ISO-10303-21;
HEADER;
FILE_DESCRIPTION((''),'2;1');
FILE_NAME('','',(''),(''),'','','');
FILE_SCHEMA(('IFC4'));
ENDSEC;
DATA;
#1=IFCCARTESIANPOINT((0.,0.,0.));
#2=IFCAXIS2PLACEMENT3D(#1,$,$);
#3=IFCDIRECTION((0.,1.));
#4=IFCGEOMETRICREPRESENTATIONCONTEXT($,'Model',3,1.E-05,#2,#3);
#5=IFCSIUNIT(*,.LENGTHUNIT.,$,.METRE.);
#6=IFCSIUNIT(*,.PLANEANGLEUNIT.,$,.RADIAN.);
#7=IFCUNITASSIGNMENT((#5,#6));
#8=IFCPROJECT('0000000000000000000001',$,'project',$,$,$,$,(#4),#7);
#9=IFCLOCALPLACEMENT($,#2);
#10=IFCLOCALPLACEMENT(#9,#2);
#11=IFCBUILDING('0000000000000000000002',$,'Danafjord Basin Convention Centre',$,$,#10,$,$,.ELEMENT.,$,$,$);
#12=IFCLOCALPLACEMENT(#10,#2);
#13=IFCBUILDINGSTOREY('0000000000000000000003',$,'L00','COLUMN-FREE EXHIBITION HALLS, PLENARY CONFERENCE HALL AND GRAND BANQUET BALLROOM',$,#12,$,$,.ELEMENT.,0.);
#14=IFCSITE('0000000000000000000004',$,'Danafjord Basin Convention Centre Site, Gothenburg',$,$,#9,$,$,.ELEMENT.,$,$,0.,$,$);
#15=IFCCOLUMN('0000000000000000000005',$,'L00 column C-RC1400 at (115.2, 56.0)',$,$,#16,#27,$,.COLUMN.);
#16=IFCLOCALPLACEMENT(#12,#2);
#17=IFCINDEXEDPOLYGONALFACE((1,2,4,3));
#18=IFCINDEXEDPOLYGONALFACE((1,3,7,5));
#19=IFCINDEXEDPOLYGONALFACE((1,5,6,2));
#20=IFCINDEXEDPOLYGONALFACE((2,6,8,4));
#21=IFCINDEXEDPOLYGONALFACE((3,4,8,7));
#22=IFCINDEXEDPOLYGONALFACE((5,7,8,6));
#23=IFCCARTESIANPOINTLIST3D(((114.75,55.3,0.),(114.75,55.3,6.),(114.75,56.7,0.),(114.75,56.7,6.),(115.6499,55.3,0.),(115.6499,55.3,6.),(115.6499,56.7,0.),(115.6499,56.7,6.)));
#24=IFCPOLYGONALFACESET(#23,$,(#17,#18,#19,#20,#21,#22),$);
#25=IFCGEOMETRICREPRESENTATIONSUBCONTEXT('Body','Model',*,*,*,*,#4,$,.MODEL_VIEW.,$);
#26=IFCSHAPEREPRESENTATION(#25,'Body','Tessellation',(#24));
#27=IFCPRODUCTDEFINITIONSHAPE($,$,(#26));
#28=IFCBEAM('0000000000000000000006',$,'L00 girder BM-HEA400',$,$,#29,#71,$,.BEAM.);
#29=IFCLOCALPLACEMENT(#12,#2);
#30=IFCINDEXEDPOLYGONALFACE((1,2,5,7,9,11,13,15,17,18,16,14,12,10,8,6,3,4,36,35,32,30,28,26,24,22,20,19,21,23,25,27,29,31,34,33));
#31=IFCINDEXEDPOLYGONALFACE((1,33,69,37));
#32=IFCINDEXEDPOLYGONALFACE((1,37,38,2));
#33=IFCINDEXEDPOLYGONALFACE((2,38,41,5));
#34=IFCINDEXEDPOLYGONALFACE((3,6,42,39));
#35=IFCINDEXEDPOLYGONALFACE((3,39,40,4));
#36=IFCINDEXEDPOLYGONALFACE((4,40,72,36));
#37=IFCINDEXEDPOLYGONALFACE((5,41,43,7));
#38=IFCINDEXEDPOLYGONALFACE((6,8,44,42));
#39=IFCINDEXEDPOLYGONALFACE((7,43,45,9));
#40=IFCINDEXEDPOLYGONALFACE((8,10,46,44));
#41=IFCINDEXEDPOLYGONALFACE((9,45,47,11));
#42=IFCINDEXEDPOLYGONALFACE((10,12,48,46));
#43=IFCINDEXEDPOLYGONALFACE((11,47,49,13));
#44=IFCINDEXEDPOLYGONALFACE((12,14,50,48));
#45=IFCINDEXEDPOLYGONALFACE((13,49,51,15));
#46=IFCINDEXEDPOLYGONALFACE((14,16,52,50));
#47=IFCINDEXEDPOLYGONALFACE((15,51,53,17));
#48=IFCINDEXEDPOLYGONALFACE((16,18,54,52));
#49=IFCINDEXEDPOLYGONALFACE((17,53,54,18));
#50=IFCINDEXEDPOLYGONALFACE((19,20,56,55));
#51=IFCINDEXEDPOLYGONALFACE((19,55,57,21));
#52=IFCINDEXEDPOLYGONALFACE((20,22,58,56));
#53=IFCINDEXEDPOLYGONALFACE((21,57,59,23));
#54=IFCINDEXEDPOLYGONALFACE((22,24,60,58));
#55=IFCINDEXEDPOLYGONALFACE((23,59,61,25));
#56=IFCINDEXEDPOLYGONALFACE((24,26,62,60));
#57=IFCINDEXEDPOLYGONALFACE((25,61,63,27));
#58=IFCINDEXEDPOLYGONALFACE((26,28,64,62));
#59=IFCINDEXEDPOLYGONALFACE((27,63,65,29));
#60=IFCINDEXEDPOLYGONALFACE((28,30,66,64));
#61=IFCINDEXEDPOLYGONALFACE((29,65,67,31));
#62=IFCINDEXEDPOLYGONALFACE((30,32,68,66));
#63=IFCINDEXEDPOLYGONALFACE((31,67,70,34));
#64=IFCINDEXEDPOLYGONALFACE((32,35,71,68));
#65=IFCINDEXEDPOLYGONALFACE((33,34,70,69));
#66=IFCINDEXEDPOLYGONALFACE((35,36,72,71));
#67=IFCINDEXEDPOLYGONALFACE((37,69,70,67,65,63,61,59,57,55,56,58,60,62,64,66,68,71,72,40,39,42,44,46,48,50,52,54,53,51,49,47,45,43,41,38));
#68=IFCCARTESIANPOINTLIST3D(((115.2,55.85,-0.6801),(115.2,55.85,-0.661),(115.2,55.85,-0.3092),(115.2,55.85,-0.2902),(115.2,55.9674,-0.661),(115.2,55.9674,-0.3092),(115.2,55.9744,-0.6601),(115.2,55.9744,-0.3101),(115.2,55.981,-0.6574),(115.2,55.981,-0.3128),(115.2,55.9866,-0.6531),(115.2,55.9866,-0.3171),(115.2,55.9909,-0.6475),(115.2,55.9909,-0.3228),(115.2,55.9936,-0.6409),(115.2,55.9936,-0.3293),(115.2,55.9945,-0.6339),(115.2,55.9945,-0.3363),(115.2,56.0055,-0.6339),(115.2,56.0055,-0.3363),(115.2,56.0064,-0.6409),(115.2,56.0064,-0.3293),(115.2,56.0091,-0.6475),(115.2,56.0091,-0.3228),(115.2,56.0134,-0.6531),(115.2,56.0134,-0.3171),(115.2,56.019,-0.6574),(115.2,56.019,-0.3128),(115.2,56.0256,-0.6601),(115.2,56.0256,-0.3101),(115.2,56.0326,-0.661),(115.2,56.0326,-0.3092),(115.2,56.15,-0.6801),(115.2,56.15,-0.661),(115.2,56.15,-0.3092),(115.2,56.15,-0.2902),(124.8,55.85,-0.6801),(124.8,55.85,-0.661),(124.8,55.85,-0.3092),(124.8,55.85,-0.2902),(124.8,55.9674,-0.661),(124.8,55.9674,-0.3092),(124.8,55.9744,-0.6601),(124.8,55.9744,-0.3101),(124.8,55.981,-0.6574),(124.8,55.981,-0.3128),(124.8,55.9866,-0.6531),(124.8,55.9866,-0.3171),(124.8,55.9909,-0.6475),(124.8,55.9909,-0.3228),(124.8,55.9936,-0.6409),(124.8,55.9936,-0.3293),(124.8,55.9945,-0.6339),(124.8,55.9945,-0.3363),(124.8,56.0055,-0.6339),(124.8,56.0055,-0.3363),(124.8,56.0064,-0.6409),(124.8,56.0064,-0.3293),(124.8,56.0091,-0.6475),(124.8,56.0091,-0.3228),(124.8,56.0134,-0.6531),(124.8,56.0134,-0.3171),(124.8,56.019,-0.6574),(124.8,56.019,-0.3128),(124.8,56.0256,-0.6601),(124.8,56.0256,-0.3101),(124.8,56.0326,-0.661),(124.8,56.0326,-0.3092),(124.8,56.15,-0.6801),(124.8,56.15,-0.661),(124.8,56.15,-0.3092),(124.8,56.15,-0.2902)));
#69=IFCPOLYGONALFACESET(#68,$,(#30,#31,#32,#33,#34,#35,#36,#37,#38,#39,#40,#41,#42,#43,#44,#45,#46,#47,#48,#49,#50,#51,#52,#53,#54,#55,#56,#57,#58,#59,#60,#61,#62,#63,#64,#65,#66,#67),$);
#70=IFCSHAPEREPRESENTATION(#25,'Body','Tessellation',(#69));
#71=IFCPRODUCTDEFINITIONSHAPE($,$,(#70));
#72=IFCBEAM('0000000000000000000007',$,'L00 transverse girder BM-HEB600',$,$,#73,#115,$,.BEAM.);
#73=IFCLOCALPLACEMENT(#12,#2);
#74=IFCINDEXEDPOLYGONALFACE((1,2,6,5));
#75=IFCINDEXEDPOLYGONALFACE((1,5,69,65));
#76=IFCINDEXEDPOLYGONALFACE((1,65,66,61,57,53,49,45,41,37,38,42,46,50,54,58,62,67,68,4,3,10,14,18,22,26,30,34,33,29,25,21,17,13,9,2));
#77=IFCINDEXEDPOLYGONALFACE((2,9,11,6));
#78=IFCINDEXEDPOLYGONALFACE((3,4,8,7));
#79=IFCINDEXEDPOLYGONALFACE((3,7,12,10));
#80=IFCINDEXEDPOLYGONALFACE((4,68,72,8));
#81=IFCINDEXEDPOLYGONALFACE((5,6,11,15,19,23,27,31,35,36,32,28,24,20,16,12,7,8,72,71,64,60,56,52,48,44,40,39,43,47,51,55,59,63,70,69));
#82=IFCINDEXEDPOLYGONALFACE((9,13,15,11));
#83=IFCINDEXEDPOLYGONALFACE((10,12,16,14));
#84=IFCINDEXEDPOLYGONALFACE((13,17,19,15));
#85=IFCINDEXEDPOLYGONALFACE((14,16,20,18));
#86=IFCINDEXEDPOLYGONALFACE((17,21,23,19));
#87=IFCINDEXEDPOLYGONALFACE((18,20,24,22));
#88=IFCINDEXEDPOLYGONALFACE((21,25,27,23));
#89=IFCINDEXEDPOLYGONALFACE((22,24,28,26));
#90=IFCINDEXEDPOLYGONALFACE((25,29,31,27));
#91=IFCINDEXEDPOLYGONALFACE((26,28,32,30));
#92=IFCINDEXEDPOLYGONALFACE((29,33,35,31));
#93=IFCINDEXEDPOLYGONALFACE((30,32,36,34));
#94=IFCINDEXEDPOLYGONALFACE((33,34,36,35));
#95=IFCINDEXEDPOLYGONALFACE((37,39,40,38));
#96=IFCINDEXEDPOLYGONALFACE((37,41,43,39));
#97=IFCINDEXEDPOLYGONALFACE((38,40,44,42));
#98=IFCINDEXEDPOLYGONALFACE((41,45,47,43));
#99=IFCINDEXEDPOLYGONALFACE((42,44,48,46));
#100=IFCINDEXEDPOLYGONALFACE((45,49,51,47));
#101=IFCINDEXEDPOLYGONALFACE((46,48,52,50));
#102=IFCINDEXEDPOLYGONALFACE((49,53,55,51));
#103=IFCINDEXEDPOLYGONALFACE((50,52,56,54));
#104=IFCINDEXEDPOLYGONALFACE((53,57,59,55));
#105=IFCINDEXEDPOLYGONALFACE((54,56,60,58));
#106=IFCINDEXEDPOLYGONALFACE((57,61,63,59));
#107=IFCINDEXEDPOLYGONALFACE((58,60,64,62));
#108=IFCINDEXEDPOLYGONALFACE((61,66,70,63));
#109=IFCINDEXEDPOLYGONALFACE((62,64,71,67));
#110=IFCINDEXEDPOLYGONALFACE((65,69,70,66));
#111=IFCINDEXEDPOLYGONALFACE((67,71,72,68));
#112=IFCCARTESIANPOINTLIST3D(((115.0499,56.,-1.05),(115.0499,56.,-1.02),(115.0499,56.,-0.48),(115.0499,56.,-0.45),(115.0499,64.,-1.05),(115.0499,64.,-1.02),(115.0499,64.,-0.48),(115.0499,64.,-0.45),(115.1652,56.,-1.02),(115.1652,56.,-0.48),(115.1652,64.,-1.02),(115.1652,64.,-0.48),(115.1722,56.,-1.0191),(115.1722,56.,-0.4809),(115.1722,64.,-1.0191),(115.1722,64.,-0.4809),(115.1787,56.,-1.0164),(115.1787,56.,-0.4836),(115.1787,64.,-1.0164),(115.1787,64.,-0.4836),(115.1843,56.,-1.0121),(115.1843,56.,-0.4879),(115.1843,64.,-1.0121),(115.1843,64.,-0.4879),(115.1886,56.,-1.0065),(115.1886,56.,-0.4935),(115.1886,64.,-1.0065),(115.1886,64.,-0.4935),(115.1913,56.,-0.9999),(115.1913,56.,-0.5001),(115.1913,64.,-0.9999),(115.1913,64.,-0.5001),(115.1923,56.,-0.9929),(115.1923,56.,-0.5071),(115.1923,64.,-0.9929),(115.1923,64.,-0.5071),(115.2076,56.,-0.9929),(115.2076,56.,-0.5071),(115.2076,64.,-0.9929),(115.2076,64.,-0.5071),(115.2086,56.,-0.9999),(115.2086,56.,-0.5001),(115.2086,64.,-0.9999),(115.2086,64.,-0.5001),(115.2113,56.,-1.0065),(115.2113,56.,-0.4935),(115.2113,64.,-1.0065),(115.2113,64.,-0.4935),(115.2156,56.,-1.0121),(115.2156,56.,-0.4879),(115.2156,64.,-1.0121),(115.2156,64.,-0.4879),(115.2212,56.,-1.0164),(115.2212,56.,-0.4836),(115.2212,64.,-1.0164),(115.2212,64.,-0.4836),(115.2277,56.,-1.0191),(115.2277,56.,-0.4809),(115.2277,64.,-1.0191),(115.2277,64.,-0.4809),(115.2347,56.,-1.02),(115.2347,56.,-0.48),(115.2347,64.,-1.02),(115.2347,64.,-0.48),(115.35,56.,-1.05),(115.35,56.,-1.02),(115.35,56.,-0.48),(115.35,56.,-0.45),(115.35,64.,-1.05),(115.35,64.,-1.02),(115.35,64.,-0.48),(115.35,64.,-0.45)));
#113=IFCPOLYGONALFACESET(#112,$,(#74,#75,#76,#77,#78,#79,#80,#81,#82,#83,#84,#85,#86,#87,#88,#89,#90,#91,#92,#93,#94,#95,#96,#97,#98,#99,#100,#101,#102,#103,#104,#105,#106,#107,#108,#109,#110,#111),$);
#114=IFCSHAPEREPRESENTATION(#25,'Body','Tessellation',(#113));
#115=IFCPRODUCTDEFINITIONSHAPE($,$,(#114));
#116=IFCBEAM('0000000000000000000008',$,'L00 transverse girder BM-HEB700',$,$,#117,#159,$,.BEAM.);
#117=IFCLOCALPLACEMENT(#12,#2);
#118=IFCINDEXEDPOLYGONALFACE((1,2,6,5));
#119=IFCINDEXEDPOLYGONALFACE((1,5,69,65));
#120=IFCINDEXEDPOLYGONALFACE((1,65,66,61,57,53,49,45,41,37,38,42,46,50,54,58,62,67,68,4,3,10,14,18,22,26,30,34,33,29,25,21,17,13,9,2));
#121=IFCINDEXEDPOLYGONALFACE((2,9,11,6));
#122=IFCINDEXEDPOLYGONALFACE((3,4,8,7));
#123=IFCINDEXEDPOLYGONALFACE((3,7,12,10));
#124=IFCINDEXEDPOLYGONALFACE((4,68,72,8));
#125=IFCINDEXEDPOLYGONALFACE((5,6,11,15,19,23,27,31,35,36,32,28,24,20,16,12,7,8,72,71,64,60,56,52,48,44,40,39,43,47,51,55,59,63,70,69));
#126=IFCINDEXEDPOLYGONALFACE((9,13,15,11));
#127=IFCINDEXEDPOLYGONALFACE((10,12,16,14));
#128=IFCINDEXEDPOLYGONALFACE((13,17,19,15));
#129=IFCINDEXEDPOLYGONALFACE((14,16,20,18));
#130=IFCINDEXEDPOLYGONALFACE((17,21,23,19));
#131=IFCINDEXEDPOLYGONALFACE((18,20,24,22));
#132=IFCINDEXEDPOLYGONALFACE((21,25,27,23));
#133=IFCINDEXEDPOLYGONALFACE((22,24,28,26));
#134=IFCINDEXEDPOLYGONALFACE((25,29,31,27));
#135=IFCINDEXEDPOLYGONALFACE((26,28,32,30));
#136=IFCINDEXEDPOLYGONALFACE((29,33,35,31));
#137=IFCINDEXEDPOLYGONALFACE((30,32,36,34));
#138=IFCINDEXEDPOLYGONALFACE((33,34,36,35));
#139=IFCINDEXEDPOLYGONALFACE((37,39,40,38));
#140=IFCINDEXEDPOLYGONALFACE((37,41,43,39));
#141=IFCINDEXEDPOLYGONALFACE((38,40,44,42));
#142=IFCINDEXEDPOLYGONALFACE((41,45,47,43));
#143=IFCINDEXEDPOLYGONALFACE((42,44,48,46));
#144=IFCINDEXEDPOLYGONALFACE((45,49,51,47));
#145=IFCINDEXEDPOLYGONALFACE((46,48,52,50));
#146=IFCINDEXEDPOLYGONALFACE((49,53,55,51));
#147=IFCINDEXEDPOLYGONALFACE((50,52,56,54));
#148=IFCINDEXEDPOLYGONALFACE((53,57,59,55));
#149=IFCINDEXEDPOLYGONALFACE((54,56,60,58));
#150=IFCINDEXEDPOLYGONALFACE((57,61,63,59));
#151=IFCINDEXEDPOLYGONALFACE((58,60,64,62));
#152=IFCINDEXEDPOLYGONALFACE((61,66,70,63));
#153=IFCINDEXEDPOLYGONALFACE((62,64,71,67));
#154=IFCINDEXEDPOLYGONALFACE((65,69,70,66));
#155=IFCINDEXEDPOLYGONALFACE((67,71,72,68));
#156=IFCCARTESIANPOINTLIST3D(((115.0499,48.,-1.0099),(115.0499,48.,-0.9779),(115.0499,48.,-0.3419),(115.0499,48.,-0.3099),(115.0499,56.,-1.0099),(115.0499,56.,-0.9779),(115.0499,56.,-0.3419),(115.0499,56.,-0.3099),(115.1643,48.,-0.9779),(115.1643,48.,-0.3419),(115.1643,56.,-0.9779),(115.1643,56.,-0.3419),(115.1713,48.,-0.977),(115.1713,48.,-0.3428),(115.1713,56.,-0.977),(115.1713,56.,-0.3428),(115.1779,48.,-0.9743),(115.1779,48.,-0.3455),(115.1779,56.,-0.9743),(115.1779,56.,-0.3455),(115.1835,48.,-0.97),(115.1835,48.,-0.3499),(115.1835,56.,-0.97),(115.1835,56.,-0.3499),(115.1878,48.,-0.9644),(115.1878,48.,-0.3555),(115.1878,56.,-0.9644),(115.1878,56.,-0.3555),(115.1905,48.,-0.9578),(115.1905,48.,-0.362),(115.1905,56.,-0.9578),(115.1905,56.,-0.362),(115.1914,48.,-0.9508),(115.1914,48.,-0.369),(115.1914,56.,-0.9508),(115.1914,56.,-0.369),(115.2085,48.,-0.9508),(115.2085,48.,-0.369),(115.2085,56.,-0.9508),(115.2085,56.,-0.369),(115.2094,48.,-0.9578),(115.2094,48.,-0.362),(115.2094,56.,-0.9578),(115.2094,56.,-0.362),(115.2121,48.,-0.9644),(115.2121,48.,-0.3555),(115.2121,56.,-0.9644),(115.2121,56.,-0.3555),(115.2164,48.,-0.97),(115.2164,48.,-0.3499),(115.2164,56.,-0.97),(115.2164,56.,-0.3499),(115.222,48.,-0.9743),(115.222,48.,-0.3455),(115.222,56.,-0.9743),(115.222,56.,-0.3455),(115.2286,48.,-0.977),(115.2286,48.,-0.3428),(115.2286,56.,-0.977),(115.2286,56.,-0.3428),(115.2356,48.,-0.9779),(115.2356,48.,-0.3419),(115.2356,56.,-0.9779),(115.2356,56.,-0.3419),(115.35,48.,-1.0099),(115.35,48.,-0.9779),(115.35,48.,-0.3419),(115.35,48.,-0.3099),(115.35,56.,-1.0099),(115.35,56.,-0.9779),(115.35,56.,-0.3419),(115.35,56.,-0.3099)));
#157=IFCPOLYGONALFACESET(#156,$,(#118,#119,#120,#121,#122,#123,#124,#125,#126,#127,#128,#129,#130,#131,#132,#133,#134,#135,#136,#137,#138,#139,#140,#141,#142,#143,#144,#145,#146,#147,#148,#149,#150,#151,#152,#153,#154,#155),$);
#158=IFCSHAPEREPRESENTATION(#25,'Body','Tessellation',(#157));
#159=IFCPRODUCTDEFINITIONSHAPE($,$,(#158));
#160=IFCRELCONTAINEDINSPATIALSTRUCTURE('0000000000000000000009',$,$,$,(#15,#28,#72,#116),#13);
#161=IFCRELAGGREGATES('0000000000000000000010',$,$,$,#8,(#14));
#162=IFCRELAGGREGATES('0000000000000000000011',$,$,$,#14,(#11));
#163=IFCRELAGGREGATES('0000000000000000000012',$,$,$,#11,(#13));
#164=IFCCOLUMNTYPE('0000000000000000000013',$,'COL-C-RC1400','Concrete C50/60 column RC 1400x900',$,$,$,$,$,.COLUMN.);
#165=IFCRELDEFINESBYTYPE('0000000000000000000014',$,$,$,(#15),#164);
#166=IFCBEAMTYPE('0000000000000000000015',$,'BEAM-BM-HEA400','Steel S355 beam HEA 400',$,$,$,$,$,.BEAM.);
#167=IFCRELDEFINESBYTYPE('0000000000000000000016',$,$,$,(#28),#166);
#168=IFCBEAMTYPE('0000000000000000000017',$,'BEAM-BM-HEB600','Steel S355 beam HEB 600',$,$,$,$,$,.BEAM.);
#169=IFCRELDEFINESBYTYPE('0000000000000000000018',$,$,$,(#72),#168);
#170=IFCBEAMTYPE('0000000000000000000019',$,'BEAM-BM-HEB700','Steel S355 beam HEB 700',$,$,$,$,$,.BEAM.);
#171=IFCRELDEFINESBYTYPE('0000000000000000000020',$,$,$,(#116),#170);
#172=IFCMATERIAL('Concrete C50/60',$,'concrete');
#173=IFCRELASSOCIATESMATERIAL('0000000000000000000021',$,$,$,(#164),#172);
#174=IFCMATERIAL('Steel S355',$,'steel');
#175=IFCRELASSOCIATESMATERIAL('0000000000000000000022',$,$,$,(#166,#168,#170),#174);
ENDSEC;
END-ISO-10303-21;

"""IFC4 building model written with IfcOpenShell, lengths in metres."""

from ifc_helpers import new_model, si_unit, direction, frame, origin, origin_2d, place, context, subcontext, project, spatial, rectangle, i_section, extrude, material, material_profile, profile_set, type_object, element, save


model = new_model("IFC4")

# Units and contexts
model_context = context("Model", 3, precision=1e-05, world=origin(), true_north=direction((0.0, 1.0)))
body_context = subcontext(model_context, "Body", "Model", "MODEL_VIEW")
ifc_project = project(units=[si_unit("LENGTHUNIT", "METRE"), si_unit("PLANEANGLEUNIT", "RADIAN")], contexts=[model_context])

# Site, building, storey
site_placement = place(None, origin())
site = spatial("IfcSite", under=ifc_project, at=site_placement, Name="Danafjord Basin Convention Centre Site, Gothenburg", CompositionType="ELEMENT", RefElevation=0.0)
building_placement = place(site_placement, origin())
building = spatial("IfcBuilding", under=site, at=building_placement, Name="Danafjord Basin Convention Centre", CompositionType="ELEMENT")
storey_placement = place(building_placement, origin())
storey = spatial("IfcBuildingStorey", under=building, at=storey_placement, Name="L00", Description="COLUMN-FREE EXHIBITION HALLS, PLENARY CONFERENCE HALL AND GRAND BANQUET BALLROOM", CompositionType="ELEMENT", Elevation=0.0)

# Column
ifc_material_1 = material(Name="Steel S355", Category="steel")
ifc_material_2 = material(Name="Concrete C50/60", Category="concrete")
ifc_material_profile_1 = material_profile(ifc_material_2, rectangle(XDim=0.8999, YDim=1.3999, at=origin_2d()), Name="RC 1400x900")
ifc_profile_set_1 = profile_set([ifc_material_profile_1], Name="Concrete C50/60")
column_type_1 = type_object("IfcColumnType", Name="COL-C-RC1400", Description="Concrete C50/60 column RC 1400x900", PredefinedType="COLUMN", material=ifc_profile_set_1)
column_1_placement = place(storey_placement, frame((115.2, 56.0, 0.0), z_axis=(0.0, 0.0, 1.0), x_axis=(1.0, 0.0, 0.0)))
element("IfcColumn", 1, at=column_1_placement, inside=storey, type_object=column_type_1, Name="L00 column C-RC1400 at (115.2, 56.0)", PredefinedType="COLUMN", context=body_context, shape_type="SweptSolid", body=[
    extrude(rectangle(XDim=0.8999, YDim=1.3999, at=origin_2d()), origin(), (0.0, 0.0, 1.0), 6.0),
])

# Beams
ifc_material_profile_2 = material_profile(ifc_material_1, i_section(OverallWidth=0.3, OverallDepth=0.3899, WebThickness=0.011, FlangeThickness=0.019, FilletRadius=0.0271, at=origin_2d()), Name="HEA 400")
ifc_profile_set_2 = profile_set([ifc_material_profile_2], Name="Steel S355")
beam_type_1 = type_object("IfcBeamType", Name="BEAM-BM-HEA400", Description="Steel S355 beam HEA 400", PredefinedType="BEAM", material=ifc_profile_set_2)
beam_1_placement = place(storey_placement, frame((115.2, 56.0, -0.4851), z_axis=(1.0, 0.0, 0.0), x_axis=(0.0, 1.0, 0.0)))
element("IfcBeam", 2, at=beam_1_placement, inside=storey, type_object=beam_type_1, Name="L00 girder BM-HEA400", PredefinedType="BEAM", context=body_context, shape_type="SweptSolid", body=[
    extrude(i_section(OverallWidth=0.3, OverallDepth=0.3899, WebThickness=0.011, FlangeThickness=0.019, FilletRadius=0.0271, at=origin_2d()), origin(), (0.0, 0.0, 1.0), 9.6001),
])
ifc_material_profile_3 = material_profile(ifc_material_1, i_section(OverallWidth=0.3, OverallDepth=0.6001, WebThickness=0.0154, FlangeThickness=0.03, FilletRadius=0.0271, at=origin_2d()), Name="HEB 600")
ifc_profile_set_3 = profile_set([ifc_material_profile_3], Name="Steel S355")
beam_type_2 = type_object("IfcBeamType", Name="BEAM-BM-HEB600", Description="Steel S355 beam HEB 600", PredefinedType="BEAM", material=ifc_profile_set_3)
beam_2_placement = place(storey_placement, frame((115.2, 56.0, -0.75), z_axis=(0.0, 1.0, 0.0), x_axis=(-1.0, 0.0, 0.0)))
element("IfcBeam", 3, at=beam_2_placement, inside=storey, type_object=beam_type_2, Name="L00 transverse girder BM-HEB600", PredefinedType="BEAM", context=body_context, shape_type="SweptSolid", body=[
    extrude(i_section(OverallWidth=0.3, OverallDepth=0.6001, WebThickness=0.0154, FlangeThickness=0.03, FilletRadius=0.0271, at=origin_2d()), origin(), (0.0, 0.0, 1.0), 8.0),
])
ifc_material_profile_4 = material_profile(ifc_material_1, i_section(OverallWidth=0.3, OverallDepth=0.7, WebThickness=0.0171, FlangeThickness=0.032, FilletRadius=0.0271, at=origin_2d()), Name="HEB 700")
ifc_profile_set_4 = profile_set([ifc_material_profile_4], Name="Steel S355")
beam_type_3 = type_object("IfcBeamType", Name="BEAM-BM-HEB700", Description="Steel S355 beam HEB 700", PredefinedType="BEAM", material=ifc_profile_set_4)
beam_3_placement = place(storey_placement, frame((115.2, 48.0, -0.6599), z_axis=(0.0, 1.0, 0.0), x_axis=(-1.0, 0.0, 0.0)))
element("IfcBeam", 4, at=beam_3_placement, inside=storey, type_object=beam_type_3, Name="L00 transverse girder BM-HEB700", PredefinedType="BEAM", context=body_context, shape_type="SweptSolid", body=[
    extrude(i_section(OverallWidth=0.3, OverallDepth=0.7, WebThickness=0.0171, FlangeThickness=0.032, FilletRadius=0.0271, at=origin_2d()), origin(), (0.0, 0.0, 1.0), 8.0),
])

save(model, "model.ifc")
